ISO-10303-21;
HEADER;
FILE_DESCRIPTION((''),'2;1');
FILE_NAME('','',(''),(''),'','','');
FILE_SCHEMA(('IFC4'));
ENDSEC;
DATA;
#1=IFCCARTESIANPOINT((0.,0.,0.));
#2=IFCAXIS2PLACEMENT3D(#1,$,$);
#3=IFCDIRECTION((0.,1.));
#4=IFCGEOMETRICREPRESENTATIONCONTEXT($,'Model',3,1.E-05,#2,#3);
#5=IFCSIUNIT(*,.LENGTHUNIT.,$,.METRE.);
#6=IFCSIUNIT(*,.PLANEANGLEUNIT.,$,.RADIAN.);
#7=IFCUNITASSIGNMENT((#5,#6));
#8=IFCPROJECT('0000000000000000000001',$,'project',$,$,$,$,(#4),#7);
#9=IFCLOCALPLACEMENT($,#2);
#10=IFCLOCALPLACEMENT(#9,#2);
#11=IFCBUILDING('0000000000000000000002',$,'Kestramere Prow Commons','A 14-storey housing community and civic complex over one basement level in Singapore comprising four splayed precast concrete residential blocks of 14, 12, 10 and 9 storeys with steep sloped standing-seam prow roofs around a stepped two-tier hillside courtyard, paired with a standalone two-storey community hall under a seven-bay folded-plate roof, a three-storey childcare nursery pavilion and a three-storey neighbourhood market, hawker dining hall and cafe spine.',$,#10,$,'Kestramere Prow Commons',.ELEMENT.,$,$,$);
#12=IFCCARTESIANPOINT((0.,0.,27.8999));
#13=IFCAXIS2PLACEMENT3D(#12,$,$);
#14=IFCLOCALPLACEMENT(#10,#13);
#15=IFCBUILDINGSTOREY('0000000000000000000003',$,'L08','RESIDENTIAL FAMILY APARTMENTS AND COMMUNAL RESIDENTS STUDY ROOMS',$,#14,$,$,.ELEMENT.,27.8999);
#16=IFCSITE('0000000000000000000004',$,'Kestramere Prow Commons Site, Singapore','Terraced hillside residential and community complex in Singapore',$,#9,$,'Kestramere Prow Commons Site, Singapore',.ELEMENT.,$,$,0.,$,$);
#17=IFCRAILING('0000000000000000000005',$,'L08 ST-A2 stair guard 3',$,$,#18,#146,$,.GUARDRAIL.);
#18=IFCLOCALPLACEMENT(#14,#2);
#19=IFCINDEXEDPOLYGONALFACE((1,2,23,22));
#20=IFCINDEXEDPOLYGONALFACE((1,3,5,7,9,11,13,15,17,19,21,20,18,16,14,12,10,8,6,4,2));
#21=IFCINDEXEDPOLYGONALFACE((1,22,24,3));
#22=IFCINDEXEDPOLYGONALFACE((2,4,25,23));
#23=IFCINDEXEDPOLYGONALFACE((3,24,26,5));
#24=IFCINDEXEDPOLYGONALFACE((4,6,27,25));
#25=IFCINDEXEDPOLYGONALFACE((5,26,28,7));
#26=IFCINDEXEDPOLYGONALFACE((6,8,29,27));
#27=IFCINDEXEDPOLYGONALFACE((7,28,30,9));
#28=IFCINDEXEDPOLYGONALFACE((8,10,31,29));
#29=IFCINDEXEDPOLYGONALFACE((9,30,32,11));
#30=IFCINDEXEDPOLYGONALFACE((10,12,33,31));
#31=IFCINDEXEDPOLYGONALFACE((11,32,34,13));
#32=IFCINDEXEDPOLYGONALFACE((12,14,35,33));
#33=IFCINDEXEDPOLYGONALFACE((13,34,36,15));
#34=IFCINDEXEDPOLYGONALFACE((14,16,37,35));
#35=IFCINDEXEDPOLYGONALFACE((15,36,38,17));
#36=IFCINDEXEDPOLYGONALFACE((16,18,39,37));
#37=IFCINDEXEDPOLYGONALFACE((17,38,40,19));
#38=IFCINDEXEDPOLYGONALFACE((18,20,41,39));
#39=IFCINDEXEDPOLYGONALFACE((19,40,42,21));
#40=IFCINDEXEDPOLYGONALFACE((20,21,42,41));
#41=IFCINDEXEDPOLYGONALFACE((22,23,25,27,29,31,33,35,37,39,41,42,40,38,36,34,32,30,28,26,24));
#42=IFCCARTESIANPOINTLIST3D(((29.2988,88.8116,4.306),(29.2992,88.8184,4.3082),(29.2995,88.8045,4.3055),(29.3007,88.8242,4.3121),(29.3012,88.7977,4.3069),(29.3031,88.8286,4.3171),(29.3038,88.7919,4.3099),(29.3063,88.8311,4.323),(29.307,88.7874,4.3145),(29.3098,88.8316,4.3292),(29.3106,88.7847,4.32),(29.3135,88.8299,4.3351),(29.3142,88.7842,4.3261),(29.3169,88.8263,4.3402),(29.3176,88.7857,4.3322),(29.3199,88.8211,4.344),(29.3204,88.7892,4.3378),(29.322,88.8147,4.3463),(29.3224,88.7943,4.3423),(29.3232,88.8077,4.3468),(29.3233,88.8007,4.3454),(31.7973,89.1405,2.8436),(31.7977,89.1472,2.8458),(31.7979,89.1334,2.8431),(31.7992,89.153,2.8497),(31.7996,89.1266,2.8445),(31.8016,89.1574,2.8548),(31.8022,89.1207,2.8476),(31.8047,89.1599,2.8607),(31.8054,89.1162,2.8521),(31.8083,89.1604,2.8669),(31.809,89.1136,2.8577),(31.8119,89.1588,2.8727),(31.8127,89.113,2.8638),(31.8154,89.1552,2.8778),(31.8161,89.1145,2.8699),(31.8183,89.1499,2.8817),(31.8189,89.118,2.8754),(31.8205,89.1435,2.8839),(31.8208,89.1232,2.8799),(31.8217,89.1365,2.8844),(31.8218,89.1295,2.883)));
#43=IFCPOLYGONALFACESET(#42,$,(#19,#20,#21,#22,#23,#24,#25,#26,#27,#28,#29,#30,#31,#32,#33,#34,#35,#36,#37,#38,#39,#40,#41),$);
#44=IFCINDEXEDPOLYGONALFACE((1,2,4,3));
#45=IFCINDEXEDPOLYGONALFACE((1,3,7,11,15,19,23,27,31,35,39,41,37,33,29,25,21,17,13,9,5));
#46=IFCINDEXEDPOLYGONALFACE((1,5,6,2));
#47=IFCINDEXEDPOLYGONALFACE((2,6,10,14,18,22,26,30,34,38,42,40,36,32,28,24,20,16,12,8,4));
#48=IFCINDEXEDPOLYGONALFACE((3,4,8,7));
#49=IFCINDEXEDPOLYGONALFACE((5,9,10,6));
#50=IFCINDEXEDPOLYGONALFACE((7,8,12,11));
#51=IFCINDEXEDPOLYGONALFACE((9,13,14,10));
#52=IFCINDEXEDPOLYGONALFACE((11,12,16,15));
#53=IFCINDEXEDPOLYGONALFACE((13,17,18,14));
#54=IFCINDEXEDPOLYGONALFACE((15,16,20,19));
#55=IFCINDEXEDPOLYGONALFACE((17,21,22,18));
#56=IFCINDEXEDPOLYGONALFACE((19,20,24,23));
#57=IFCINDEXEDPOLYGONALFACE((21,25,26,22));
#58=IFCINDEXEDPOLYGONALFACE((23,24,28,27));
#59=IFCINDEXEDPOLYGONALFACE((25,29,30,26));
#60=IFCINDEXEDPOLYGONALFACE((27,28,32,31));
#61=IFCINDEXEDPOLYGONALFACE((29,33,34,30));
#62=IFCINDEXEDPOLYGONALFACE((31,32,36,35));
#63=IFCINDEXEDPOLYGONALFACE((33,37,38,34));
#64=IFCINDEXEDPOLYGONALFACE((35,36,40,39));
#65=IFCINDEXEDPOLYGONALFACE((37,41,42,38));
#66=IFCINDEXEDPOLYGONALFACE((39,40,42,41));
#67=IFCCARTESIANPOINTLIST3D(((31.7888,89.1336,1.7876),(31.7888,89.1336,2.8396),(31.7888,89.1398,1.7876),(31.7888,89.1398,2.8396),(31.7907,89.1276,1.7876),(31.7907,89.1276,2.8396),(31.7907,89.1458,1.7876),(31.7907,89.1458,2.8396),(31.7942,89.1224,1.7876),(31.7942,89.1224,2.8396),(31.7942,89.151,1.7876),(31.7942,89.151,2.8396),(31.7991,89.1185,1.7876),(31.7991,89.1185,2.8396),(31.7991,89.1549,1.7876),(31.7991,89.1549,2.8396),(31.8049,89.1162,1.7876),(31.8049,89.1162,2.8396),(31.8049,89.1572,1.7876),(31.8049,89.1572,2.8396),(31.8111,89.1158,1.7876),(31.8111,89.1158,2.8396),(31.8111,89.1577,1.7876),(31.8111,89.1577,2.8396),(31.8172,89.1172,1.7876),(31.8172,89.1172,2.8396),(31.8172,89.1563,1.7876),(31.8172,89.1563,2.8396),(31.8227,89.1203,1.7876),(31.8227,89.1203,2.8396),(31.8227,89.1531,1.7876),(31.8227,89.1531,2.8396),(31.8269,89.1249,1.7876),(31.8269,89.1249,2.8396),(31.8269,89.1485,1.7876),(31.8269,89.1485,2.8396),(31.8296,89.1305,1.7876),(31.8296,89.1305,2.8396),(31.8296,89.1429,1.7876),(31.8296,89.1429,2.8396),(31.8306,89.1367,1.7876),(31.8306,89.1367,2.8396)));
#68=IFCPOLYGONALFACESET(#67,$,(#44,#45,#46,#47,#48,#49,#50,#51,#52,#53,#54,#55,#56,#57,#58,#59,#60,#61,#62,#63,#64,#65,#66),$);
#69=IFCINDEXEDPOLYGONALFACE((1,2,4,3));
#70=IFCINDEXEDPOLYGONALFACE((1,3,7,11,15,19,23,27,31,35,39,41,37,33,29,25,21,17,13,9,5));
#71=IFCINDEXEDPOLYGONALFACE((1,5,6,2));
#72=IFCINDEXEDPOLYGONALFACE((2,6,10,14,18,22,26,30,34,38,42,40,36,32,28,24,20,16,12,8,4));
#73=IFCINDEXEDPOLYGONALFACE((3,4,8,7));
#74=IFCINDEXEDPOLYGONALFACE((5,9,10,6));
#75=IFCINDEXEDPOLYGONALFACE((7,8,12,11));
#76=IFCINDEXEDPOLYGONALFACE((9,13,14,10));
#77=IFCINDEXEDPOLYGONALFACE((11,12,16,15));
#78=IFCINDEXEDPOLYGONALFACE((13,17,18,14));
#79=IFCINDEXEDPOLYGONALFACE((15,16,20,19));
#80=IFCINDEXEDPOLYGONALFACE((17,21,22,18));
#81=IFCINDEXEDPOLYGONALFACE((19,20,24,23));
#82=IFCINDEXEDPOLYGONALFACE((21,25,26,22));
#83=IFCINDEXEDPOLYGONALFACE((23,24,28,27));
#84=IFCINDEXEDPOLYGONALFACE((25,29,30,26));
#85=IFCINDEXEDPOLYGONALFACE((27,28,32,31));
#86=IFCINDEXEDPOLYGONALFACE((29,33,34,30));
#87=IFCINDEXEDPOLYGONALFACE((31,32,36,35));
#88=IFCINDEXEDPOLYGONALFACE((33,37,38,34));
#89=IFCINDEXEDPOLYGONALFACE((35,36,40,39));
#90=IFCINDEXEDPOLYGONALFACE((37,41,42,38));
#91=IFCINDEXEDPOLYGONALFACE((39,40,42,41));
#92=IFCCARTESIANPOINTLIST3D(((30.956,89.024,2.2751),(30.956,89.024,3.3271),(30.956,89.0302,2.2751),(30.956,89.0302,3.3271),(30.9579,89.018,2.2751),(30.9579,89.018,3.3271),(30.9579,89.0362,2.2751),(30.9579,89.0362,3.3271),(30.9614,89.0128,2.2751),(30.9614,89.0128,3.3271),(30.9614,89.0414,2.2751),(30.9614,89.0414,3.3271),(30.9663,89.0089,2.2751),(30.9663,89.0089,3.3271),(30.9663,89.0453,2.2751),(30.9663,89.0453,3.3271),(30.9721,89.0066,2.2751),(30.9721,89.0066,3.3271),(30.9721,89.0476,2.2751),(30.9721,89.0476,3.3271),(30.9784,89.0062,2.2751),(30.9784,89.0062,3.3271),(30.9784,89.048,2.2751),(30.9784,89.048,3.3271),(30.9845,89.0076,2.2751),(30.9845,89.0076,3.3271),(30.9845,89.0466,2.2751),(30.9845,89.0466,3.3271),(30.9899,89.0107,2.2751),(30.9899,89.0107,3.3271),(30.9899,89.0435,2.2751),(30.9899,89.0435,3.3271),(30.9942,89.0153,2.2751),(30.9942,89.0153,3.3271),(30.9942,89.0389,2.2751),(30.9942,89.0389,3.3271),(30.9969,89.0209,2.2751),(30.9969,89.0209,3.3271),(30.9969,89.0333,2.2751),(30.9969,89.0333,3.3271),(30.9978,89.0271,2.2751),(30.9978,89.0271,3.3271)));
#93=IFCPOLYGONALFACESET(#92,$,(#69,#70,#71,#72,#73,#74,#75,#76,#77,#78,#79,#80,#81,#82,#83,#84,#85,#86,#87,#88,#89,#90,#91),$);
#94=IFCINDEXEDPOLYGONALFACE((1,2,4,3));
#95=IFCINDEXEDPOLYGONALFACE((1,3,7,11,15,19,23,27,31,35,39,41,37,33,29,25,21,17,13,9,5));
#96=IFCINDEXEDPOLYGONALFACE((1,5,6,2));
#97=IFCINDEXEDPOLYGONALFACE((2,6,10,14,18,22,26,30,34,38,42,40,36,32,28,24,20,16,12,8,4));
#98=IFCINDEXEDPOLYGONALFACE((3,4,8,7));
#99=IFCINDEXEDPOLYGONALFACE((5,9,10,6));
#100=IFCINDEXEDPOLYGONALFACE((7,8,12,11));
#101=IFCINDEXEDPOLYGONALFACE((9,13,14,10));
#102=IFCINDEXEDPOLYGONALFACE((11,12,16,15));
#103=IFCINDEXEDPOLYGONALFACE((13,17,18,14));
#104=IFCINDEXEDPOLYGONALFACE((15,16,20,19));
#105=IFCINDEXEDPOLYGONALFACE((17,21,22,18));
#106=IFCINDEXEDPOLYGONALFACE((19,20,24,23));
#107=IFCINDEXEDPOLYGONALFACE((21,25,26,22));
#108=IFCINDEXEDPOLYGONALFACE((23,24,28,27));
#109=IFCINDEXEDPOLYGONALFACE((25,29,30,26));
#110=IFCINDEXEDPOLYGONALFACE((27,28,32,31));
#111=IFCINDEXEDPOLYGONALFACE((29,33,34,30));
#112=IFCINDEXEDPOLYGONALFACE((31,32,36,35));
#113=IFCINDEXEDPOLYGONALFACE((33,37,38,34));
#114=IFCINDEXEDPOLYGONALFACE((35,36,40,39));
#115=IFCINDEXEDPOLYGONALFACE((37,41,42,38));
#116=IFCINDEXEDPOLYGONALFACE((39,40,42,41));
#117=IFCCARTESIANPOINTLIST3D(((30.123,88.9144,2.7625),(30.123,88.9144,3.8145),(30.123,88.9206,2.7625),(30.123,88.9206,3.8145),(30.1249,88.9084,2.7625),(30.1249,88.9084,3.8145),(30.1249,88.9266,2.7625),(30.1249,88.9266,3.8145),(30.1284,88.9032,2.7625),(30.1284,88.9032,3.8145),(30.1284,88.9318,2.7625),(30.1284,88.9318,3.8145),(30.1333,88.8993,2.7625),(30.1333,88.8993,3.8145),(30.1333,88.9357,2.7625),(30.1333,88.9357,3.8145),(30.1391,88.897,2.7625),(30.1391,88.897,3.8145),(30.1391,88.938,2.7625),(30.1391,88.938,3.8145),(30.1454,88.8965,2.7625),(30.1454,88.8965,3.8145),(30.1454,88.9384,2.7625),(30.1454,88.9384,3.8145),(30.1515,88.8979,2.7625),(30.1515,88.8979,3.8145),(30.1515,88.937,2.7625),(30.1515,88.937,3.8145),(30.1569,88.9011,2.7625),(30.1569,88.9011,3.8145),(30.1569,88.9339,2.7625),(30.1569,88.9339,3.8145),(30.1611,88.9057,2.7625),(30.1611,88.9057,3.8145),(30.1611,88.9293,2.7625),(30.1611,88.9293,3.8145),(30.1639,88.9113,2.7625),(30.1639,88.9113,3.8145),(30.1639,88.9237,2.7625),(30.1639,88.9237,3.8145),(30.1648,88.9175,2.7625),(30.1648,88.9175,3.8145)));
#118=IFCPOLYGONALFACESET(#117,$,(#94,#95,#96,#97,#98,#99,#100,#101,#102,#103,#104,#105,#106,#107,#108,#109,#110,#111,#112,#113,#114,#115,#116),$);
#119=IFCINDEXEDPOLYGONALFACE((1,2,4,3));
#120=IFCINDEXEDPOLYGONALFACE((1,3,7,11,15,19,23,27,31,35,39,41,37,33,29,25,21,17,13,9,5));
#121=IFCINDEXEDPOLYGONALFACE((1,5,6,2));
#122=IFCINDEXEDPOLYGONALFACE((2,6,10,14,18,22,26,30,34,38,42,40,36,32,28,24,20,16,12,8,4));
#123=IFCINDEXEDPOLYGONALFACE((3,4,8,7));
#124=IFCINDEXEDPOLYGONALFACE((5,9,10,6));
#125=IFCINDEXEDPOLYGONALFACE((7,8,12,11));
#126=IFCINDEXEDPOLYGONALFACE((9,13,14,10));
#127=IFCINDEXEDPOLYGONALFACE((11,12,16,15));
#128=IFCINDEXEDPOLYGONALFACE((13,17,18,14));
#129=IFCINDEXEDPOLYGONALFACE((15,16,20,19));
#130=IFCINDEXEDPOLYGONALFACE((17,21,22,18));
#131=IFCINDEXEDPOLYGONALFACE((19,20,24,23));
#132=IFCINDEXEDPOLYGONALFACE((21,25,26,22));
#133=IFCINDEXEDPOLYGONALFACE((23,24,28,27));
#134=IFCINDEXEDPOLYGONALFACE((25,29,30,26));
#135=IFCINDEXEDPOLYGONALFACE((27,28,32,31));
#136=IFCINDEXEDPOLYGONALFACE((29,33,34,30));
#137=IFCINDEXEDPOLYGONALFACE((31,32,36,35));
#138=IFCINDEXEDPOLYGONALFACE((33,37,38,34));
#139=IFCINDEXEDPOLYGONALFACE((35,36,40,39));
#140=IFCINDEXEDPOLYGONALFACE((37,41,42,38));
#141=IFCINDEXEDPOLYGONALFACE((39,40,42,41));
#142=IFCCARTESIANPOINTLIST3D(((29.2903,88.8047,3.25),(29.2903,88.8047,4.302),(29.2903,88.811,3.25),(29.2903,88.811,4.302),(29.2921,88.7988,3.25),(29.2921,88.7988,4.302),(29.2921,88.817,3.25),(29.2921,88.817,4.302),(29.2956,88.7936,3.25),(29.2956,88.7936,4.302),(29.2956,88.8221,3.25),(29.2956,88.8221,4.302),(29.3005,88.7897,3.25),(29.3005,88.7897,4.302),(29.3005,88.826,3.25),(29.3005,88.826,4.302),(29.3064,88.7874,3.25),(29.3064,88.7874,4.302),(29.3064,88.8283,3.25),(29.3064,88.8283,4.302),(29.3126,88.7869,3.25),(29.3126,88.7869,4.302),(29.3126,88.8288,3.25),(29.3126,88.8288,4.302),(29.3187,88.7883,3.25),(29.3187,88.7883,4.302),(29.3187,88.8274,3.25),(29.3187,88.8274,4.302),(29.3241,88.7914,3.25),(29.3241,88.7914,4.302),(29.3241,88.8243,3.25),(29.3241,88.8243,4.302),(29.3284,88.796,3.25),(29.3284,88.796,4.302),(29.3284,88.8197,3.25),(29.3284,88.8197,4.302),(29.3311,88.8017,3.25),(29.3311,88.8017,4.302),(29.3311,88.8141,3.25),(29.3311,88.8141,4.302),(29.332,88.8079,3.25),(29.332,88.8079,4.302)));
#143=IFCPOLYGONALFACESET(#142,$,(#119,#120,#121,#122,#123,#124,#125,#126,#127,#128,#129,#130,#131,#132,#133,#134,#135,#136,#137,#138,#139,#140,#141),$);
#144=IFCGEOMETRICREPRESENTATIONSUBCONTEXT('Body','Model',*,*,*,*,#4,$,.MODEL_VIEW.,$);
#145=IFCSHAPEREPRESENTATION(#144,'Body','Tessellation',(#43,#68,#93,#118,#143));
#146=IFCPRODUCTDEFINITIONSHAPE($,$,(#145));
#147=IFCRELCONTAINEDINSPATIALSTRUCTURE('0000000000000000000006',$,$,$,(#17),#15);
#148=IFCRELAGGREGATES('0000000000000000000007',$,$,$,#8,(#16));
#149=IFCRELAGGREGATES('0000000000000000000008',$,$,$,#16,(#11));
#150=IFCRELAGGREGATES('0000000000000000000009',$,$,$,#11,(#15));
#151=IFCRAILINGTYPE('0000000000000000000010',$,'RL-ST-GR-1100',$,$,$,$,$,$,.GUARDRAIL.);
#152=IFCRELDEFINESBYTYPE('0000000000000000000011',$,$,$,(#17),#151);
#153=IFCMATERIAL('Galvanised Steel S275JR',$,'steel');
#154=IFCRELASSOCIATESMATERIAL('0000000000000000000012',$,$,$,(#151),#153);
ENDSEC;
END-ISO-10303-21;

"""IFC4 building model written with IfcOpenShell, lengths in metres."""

from ifc_helpers import new_model, si_unit, direction, frame, origin, origin_2d, place, context, subcontext, project, spatial, circle, extrude, material, type_object, element, save


model = new_model("IFC4")

# Units and contexts
model_context = context("Model", 3, precision=1e-05, world=origin(), true_north=direction((0.0, 1.0)))
body_context = subcontext(model_context, "Body", "Model", "MODEL_VIEW")
ifc_project = project(units=[si_unit("LENGTHUNIT", "METRE"), si_unit("PLANEANGLEUNIT", "RADIAN")], contexts=[model_context])

# Site, building, storey
site_placement = place(None, origin())
site = spatial("IfcSite", under=ifc_project, at=site_placement, Name="Kestramere Prow Commons Site, Singapore", Description="Terraced hillside residential and community complex in Singapore", LongName="Kestramere Prow Commons Site, Singapore", CompositionType="ELEMENT", RefElevation=0.0)
building_placement = place(site_placement, origin())
building = spatial("IfcBuilding", under=site, at=building_placement, Name="Kestramere Prow Commons", Description="A 14-storey housing community and civic complex over one basement level in Singapore comprising four splayed precast concrete residential blocks of 14, 12, 10 and 9 storeys with steep sloped standing-seam prow roofs around a stepped two-tier hillside courtyard, paired with a standalone two-storey community hall under a seven-bay folded-plate roof, a three-storey childcare nursery pavilion and a three-storey neighbourhood market, hawker dining hall and cafe spine.", LongName="Kestramere Prow Commons", CompositionType="ELEMENT")
storey_placement = place(building_placement, frame((0.0, 0.0, 27.8999)))
storey = spatial("IfcBuildingStorey", under=building, at=storey_placement, Name="L08", Description="RESIDENTIAL FAMILY APARTMENTS AND COMMUNAL RESIDENTS STUDY ROOMS", CompositionType="ELEMENT", Elevation=27.8999)

# Railing
ifc_material_1 = material(Name="Galvanised Steel S275JR", Category="steel")
railing_type = type_object("IfcRailingType", Name="RL-ST-GR-1100", PredefinedType="GUARDRAIL", material=ifc_material_1)
railing_1_placement = place(storey_placement, frame((31.8096, 89.1367, 1.7876)))
element("IfcRailing", 1, at=railing_1_placement, inside=storey, type_object=railing_type, Name="L08 ST-A2 stair guard 3", PredefinedType="GUARDRAIL", context=body_context, shape_type="SweptSolid", body=[
    extrude(circle(Radius=0.0239, at=origin_2d()), frame((0.0, 0.0, 1.0762), z_axis=(-0.857523, -0.112867, 0.501912), x_axis=(0.130495, -0.991449, 0.0)), (0.0, 0.0, 1.0), 2.9136),
    extrude(circle(Radius=0.021, at=origin_2d()), origin(), (0.0, 0.0, 1.0), 1.052),
    extrude(circle(Radius=0.021, at=origin_2d()), frame((-0.8328, -0.1096, 0.4875)), (0.0, 0.0, 1.0), 1.052),
    extrude(circle(Radius=0.021, at=origin_2d()), frame((-1.6658, -0.2192, 0.9749)), (0.0, 0.0, 1.0), 1.052),
    extrude(circle(Radius=0.021, at=origin_2d()), frame((-2.4985, -0.3289, 1.4624)), (0.0, 0.0, 1.0), 1.052),
])

save(model, "model.ifc")
